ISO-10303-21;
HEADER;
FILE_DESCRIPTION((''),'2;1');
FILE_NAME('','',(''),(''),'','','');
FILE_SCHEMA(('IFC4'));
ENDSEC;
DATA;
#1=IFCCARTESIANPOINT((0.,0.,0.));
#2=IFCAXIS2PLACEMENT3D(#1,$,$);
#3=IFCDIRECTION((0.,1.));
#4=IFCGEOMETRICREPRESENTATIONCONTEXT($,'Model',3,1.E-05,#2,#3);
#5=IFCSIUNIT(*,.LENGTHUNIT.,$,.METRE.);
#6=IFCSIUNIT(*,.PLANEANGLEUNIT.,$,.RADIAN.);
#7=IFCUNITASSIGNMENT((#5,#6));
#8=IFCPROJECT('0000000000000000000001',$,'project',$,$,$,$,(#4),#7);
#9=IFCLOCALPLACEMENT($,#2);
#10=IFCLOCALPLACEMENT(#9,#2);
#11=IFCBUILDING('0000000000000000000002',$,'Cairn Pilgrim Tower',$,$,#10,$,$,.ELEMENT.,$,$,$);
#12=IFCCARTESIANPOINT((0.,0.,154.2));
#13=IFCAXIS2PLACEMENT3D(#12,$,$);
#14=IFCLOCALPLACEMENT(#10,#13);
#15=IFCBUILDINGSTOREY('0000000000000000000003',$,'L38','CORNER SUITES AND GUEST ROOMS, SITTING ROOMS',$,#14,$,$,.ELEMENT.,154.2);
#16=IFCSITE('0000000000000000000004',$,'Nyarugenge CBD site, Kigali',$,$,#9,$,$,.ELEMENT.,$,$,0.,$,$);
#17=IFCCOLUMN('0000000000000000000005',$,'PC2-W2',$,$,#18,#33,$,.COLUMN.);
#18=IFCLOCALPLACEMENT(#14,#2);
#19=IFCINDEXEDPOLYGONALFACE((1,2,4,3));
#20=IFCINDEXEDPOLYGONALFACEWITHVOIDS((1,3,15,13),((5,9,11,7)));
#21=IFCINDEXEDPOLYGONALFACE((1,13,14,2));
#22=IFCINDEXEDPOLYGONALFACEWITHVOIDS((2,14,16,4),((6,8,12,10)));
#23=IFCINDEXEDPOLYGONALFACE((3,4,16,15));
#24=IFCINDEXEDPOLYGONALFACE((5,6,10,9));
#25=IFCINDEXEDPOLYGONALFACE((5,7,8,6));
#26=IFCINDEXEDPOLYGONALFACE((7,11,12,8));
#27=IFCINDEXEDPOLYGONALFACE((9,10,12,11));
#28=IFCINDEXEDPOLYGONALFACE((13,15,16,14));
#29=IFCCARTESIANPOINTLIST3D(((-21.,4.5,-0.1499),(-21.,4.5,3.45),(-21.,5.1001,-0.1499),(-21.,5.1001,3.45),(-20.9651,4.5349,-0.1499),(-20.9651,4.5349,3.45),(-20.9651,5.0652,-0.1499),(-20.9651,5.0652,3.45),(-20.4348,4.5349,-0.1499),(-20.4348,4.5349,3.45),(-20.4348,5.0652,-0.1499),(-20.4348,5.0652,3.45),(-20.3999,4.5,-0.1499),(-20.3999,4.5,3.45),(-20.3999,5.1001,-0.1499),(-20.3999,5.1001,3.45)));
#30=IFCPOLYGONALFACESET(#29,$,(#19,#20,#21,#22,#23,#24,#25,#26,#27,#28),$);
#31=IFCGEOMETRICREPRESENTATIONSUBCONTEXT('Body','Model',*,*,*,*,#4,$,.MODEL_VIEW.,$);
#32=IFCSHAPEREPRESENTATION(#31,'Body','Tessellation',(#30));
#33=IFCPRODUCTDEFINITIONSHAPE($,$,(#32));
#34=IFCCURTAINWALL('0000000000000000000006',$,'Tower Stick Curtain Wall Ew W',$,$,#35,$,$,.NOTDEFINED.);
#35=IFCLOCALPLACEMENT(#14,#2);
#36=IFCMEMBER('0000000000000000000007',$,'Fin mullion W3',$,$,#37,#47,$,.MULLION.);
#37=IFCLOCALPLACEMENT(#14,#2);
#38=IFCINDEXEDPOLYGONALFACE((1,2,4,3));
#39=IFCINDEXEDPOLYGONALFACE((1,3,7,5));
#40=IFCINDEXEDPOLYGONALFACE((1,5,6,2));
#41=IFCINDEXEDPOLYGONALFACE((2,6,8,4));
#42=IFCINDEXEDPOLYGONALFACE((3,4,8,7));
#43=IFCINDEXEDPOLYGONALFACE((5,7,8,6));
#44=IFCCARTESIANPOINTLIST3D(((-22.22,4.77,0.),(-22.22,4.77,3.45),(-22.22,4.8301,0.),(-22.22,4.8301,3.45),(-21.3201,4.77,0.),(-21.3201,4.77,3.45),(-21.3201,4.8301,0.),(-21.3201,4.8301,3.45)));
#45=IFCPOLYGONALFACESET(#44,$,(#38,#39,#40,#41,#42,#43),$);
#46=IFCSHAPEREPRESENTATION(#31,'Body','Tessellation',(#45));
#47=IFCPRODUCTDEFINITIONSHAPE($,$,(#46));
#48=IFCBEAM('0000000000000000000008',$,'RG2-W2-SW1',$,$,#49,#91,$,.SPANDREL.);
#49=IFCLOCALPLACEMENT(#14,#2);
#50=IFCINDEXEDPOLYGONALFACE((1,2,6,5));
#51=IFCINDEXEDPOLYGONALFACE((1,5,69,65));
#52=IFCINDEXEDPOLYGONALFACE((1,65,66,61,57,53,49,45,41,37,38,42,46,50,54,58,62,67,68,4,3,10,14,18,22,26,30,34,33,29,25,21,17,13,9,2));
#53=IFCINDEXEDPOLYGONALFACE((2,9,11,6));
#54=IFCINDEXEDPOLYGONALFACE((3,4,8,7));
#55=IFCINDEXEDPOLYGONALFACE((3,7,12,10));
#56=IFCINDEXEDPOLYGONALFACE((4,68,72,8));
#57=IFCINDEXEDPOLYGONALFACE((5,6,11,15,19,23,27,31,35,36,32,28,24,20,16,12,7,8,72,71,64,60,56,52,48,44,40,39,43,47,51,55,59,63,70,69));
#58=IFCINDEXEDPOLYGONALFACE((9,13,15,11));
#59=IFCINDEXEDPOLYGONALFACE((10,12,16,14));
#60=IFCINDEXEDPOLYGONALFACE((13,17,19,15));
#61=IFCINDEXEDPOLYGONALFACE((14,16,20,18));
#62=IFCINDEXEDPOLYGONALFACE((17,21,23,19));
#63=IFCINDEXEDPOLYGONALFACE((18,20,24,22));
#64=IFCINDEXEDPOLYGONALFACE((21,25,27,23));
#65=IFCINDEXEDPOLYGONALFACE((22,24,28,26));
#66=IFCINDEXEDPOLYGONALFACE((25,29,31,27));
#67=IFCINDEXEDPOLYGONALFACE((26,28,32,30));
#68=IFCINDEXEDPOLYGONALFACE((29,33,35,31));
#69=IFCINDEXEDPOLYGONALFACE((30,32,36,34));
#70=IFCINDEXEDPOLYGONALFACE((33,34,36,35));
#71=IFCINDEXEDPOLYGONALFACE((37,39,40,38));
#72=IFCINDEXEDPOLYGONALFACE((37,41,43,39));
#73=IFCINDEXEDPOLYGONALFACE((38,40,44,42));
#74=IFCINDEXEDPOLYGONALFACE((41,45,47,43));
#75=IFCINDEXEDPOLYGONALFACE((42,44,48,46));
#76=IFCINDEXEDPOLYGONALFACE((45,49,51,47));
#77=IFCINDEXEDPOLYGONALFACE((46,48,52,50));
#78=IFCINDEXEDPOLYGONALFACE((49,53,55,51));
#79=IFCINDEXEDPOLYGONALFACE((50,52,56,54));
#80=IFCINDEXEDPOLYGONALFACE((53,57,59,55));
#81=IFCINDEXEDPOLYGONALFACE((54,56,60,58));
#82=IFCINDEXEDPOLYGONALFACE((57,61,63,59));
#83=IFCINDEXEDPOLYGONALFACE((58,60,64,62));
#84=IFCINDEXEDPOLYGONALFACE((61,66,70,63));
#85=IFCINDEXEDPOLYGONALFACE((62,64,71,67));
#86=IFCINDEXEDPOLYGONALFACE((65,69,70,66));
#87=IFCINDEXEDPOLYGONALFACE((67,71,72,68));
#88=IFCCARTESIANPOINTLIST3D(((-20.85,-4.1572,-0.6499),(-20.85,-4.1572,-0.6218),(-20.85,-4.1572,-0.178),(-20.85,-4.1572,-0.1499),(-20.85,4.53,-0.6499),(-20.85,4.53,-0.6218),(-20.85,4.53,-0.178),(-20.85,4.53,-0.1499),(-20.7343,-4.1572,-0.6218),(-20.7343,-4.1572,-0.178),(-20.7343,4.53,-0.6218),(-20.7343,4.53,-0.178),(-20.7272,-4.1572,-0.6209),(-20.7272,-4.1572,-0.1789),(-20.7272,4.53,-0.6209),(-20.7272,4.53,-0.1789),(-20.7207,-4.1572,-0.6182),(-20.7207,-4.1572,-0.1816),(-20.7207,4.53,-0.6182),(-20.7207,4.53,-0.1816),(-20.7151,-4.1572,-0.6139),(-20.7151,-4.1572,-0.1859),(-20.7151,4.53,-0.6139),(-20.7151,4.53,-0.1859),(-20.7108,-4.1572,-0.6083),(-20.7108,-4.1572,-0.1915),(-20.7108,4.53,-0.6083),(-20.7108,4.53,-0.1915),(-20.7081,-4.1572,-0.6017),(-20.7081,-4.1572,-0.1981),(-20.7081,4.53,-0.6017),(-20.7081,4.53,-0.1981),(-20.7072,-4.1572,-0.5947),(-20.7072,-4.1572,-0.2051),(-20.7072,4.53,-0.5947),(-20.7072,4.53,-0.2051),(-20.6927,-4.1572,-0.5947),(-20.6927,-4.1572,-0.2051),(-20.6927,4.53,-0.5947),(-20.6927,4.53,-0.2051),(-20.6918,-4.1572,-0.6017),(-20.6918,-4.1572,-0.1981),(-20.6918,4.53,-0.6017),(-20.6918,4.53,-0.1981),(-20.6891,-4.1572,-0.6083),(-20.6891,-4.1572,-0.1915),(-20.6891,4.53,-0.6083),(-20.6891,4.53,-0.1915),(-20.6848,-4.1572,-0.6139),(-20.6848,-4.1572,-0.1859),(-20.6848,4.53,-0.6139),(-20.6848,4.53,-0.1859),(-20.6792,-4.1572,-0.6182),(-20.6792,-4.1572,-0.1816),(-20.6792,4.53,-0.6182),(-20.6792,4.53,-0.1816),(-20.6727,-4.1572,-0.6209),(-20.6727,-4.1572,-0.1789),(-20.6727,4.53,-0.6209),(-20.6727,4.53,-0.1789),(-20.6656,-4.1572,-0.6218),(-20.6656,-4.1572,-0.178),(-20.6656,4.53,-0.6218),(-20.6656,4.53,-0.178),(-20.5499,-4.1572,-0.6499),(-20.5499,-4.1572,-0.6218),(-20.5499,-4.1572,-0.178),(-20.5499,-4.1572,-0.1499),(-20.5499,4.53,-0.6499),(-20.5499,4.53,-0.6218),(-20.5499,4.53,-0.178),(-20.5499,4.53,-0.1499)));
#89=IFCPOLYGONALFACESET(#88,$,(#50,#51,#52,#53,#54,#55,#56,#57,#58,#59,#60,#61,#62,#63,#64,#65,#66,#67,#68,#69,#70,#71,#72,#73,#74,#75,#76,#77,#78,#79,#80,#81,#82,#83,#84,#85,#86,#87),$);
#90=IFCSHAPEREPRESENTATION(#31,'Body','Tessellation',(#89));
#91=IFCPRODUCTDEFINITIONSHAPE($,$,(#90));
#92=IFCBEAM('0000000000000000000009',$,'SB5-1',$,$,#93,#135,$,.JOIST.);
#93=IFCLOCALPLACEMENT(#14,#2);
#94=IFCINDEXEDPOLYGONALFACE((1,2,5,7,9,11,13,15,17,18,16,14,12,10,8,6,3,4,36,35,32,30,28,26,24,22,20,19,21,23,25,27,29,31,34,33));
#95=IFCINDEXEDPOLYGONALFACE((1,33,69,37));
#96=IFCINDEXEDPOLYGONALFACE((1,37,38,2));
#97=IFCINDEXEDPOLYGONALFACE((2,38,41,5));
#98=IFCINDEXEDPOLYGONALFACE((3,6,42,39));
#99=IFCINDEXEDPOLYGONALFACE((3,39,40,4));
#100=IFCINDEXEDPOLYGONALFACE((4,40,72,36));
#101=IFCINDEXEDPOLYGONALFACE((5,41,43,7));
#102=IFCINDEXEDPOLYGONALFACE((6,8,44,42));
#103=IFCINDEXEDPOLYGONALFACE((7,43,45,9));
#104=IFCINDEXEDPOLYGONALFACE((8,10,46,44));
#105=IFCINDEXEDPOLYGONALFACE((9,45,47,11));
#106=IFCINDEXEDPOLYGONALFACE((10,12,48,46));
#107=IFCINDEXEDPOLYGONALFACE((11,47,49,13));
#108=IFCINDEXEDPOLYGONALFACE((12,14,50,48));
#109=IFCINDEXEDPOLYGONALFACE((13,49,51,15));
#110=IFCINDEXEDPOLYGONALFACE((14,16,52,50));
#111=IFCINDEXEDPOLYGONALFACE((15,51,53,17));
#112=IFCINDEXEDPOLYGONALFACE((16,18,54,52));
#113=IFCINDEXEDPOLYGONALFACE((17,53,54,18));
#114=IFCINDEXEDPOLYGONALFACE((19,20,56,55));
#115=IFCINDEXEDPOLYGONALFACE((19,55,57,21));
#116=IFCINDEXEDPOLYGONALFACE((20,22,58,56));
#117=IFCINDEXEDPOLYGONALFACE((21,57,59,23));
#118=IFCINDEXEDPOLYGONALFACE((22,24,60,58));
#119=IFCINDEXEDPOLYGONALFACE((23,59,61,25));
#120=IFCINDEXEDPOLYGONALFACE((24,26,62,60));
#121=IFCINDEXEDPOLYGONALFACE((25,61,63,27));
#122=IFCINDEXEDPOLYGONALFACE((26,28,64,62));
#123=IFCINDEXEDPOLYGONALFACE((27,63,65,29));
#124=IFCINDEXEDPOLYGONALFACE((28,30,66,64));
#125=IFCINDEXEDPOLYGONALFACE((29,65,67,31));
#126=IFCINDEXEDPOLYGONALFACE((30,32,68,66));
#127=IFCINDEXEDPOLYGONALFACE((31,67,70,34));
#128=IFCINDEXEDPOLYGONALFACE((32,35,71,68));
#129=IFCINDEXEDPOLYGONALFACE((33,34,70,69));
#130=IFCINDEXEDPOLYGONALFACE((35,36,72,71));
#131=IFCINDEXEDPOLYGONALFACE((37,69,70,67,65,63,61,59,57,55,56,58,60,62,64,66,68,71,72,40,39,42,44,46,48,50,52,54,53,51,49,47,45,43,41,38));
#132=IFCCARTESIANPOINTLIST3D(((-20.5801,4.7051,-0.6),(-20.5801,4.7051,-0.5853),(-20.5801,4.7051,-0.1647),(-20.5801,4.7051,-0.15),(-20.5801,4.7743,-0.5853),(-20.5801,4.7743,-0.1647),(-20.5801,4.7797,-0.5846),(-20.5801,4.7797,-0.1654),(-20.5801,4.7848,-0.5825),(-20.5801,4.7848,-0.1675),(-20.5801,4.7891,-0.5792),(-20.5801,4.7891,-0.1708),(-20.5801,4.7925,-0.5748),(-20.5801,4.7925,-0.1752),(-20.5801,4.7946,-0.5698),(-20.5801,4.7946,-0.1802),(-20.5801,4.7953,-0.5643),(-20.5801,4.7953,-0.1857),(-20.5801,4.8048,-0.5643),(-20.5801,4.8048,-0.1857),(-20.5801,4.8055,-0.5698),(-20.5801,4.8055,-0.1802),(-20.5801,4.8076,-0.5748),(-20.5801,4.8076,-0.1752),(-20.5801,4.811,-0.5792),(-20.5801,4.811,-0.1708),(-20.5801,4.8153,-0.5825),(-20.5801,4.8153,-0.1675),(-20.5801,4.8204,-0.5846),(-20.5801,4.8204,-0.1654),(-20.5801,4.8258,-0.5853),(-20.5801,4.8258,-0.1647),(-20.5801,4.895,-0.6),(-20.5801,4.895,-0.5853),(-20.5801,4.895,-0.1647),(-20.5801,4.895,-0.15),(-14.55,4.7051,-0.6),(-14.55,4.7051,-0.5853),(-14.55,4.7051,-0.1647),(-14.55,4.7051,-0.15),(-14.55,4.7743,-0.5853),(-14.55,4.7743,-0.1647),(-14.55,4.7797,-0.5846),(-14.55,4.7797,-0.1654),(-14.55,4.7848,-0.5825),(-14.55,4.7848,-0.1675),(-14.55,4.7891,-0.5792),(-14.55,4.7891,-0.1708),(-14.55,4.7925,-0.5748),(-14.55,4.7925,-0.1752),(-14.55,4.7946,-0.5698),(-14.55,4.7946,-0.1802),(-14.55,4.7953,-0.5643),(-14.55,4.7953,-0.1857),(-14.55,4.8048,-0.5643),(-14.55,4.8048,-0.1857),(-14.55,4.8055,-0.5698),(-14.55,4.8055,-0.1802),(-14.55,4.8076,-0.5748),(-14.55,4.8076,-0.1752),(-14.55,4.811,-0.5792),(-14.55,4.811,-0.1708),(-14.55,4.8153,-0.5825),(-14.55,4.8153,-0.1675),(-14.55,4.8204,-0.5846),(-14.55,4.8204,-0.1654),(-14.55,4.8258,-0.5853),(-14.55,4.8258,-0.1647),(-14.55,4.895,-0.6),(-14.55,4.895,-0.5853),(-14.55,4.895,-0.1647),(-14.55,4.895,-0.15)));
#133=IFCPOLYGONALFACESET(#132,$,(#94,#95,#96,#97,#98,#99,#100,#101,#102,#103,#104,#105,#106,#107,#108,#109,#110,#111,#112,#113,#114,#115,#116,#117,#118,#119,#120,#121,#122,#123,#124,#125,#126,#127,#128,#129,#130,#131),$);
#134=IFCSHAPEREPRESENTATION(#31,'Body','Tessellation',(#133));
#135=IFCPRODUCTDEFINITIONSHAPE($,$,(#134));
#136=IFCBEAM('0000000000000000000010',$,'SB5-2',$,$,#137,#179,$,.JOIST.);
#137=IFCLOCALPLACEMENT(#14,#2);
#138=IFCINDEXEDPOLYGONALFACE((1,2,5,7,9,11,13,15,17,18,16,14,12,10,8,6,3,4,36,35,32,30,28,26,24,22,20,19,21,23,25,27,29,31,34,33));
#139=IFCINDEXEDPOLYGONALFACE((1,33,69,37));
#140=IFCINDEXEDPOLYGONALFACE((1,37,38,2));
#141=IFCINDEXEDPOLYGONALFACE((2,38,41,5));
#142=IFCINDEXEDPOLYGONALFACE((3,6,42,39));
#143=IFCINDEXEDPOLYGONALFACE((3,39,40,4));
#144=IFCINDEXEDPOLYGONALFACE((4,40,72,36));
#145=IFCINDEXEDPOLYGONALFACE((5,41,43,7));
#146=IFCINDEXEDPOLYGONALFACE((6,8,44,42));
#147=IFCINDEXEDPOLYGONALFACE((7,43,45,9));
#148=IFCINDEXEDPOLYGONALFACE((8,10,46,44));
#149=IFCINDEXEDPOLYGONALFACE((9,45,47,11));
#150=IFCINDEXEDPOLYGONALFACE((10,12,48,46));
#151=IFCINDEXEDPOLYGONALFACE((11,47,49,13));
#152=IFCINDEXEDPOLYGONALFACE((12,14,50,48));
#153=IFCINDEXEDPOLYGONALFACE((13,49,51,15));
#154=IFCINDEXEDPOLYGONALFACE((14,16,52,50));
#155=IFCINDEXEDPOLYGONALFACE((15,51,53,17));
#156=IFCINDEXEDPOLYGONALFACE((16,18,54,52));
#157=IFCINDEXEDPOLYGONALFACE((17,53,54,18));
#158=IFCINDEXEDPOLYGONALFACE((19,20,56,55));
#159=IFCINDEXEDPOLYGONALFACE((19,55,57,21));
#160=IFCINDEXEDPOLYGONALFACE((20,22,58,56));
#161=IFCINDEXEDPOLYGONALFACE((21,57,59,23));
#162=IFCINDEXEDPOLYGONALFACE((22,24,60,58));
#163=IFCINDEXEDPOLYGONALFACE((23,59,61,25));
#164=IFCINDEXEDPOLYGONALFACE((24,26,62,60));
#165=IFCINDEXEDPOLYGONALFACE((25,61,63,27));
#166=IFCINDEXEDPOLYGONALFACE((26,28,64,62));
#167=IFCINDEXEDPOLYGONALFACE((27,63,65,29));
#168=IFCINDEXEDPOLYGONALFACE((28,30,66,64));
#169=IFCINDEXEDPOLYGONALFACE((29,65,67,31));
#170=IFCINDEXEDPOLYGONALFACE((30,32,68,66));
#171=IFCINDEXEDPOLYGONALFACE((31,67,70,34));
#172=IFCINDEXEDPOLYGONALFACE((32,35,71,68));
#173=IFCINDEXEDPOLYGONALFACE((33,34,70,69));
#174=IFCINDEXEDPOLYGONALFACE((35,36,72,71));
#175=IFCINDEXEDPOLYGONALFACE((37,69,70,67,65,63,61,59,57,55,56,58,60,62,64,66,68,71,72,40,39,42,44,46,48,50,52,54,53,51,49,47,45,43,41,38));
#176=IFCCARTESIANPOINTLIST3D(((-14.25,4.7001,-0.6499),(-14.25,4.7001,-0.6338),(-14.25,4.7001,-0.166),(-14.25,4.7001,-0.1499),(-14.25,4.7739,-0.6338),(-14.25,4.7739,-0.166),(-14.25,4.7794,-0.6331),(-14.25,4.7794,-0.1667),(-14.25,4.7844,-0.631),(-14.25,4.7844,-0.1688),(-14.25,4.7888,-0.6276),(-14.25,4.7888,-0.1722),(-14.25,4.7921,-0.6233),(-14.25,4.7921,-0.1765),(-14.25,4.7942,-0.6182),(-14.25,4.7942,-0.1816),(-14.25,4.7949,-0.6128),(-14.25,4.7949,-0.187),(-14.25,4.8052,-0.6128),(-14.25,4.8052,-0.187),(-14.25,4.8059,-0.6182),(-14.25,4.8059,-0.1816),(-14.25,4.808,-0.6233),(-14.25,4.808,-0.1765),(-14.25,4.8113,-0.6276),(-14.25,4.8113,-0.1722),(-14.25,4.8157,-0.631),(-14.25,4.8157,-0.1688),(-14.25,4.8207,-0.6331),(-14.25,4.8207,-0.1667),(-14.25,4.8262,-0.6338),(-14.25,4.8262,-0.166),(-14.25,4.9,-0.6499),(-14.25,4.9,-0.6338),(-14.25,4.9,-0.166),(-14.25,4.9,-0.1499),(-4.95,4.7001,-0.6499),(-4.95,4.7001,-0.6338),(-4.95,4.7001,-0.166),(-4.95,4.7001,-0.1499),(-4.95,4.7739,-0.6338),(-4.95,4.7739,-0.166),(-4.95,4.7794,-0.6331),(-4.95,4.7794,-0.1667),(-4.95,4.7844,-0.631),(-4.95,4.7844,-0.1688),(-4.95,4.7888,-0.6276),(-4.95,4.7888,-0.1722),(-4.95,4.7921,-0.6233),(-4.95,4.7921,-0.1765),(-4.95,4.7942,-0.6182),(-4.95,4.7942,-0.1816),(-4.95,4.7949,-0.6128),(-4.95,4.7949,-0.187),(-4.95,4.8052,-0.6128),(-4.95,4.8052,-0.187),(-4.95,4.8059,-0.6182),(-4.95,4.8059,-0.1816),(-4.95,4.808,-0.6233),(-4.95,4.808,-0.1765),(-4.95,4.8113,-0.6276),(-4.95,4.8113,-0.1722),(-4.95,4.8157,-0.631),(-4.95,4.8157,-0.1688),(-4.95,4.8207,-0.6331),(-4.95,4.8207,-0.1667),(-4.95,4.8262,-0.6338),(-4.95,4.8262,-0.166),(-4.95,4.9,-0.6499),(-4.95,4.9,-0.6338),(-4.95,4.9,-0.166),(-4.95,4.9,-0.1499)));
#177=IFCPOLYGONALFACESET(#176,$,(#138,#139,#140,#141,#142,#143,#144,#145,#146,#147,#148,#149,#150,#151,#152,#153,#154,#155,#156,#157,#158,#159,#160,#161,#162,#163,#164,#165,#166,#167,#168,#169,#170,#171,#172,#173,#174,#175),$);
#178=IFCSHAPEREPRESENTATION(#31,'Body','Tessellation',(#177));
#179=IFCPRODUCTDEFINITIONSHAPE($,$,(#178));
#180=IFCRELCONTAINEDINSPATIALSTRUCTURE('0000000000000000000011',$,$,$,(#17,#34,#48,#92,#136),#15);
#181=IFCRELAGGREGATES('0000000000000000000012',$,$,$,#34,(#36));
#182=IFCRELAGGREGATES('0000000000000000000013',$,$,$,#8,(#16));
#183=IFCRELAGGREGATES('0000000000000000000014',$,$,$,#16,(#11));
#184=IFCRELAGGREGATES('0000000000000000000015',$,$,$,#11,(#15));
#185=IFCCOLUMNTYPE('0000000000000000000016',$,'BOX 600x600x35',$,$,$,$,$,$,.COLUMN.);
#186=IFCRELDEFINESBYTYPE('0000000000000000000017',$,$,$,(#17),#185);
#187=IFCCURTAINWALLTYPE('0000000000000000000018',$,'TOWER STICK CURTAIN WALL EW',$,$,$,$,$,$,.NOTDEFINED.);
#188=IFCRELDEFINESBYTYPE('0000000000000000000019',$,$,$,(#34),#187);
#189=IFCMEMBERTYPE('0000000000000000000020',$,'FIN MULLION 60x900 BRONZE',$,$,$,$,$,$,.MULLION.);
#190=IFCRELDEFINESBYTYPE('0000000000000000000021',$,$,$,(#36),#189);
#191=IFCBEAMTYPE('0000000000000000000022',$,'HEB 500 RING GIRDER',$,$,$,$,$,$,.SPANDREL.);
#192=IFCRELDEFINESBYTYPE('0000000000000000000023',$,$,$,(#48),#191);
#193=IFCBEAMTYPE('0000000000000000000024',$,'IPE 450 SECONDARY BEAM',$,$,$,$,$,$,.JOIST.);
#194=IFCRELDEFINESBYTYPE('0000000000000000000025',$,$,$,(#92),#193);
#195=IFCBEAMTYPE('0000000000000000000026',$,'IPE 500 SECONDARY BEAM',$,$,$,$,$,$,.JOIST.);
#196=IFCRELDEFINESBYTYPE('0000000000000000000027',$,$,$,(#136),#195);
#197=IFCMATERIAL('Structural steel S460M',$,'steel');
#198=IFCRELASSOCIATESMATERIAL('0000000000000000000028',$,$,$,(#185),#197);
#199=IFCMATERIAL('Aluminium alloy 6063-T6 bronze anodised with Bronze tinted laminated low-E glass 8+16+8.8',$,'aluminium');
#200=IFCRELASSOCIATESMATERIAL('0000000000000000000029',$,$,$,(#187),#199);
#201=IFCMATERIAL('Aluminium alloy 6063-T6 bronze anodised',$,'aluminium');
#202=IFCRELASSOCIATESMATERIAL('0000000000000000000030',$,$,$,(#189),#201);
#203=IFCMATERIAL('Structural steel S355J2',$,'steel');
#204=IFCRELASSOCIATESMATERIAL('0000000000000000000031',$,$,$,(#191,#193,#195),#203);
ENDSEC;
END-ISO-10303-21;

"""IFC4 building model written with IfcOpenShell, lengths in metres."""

from ifc_helpers import new_model, si_unit, direction, frame, origin, origin_2d, place, context, subcontext, project, spatial, rectangle, hollow_rectangle, i_section, extrude, material, material_profile, profile_set, type_object, element, aggregate, save


model = new_model("IFC4")

# Units and contexts
model_context = context("Model", 3, precision=1e-05, world=origin(), true_north=direction((0.0, 1.0)))
body_context = subcontext(model_context, "Body", "Model", "MODEL_VIEW")
ifc_project = project(units=[si_unit("LENGTHUNIT", "METRE"), si_unit("PLANEANGLEUNIT", "RADIAN")], contexts=[model_context])

# Site, building, storey
site_placement = place(None, origin())
site = spatial("IfcSite", under=ifc_project, at=site_placement, Name="Nyarugenge CBD site, Kigali", CompositionType="ELEMENT", RefElevation=0.0)
building_placement = place(site_placement, origin())
building = spatial("IfcBuilding", under=site, at=building_placement, Name="Cairn Pilgrim Tower", CompositionType="ELEMENT")
storey_placement = place(building_placement, frame((0.0, 0.0, 154.2)))
storey = spatial("IfcBuildingStorey", under=building, at=storey_placement, Name="L38", Description="CORNER SUITES AND GUEST ROOMS, SITTING ROOMS", CompositionType="ELEMENT", Elevation=154.2)

# Column
ifc_material_1 = material(Name="Structural steel S460M", Category="steel")
ifc_material_profile_1 = material_profile(ifc_material_1, hollow_rectangle(XDim=0.6001, YDim=0.6001, WallThickness=0.0349, at=origin_2d()), Name="BOX 600x600x35")
ifc_profile_set_1 = profile_set([ifc_material_profile_1], Name="Structural steel S460M")
column_type = type_object("IfcColumnType", Name="BOX 600x600x35", PredefinedType="COLUMN", material=ifc_profile_set_1)
column_placement = place(storey_placement, frame((-20.7, 4.8, -0.1499), z_axis=(0.0, 0.0, 1.0), x_axis=(1.0, 0.0, 0.0)))
element("IfcColumn", 1, at=column_placement, inside=storey, type_object=column_type, Name="PC2-W2", PredefinedType="COLUMN", context=body_context, shape_type="SweptSolid", body=[
    extrude(hollow_rectangle(XDim=0.6001, YDim=0.6001, WallThickness=0.0349, at=origin_2d()), origin(), (0.0, 0.0, 1.0), 3.5999),
])

# Curtain wall, member
ifc_material_2 = material(Name="Aluminium alloy 6063-T6 bronze anodised with Bronze tinted laminated low-E glass 8+16+8.8", Category="aluminium")
curtain_wall_type = type_object("IfcCurtainWallType", Name="TOWER STICK CURTAIN WALL EW", PredefinedType="NOTDEFINED", material=ifc_material_2)
curtain_wall_placement = place(storey_placement, origin())
curtain_wall = element("IfcCurtainWall", 2, at=curtain_wall_placement, inside=storey, type_object=curtain_wall_type, Name="Tower Stick Curtain Wall Ew W", PredefinedType="NOTDEFINED")
ifc_material_3 = material(Name="Aluminium alloy 6063-T6 bronze anodised", Category="aluminium")
ifc_material_profile_2 = material_profile(ifc_material_3, rectangle(XDim=0.8999, YDim=0.0601, at=origin_2d()), Name="FIN MULLION 60x900 BRONZE")
ifc_profile_set_2 = profile_set([ifc_material_profile_2], Name="Aluminium alloy 6063-T6 bronze anodised")
member_type = type_object("IfcMemberType", Name="FIN MULLION 60x900 BRONZE", PredefinedType="MULLION", material=ifc_profile_set_2)
member_placement = place(storey_placement, frame((-21.77, 4.8, 0.0), z_axis=(0.0, 0.0, 1.0), x_axis=(-1.0, 0.0, 0.0)))
member = element("IfcMember", 3, at=member_placement, type_object=member_type, Name="Fin mullion W3", PredefinedType="MULLION", context=body_context, shape_type="SweptSolid", body=[
    extrude(rectangle(XDim=0.8999, YDim=0.0601, at=origin_2d()), origin(), (0.0, 0.0, 1.0), 3.45),
])
aggregate(curtain_wall, [member])

# Beams
ifc_material_4 = material(Name="Structural steel S355J2", Category="steel")
ifc_material_profile_3 = material_profile(ifc_material_4, i_section(OverallWidth=0.3, OverallDepth=0.5, WebThickness=0.0144, FlangeThickness=0.0281, FilletRadius=0.0271, at=origin_2d()), Name="HEB 500")
ifc_profile_set_3 = profile_set([ifc_material_profile_3], Name="Structural steel S355J2")
beam_type_1 = type_object("IfcBeamType", Name="HEB 500 RING GIRDER", PredefinedType="SPANDREL", material=ifc_profile_set_3)
beam_1_placement = place(storey_placement, frame((-20.7, 4.53, -0.3999), z_axis=(0.0, -1.0, 0.0), x_axis=(1.0, 0.0, 0.0)))
element("IfcBeam", 4, at=beam_1_placement, inside=storey, type_object=beam_type_1, Name="RG2-W2-SW1", PredefinedType="SPANDREL", context=body_context, shape_type="SweptSolid", body=[
    extrude(i_section(OverallWidth=0.3, OverallDepth=0.5, WebThickness=0.0144, FlangeThickness=0.0281, FilletRadius=0.0271, at=origin_2d()), origin(), (0.0, 0.0, 1.0), 8.6873),
])
ifc_material_profile_4 = material_profile(ifc_material_4, i_section(OverallWidth=0.1899, OverallDepth=0.45, WebThickness=0.0095, FlangeThickness=0.0146, FilletRadius=0.021, at=origin_2d()), Name="IPE 450")
ifc_profile_set_4 = profile_set([ifc_material_profile_4], Name="Structural steel S355J2")
beam_type_2 = type_object("IfcBeamType", Name="IPE 450 SECONDARY BEAM", PredefinedType="JOIST", material=ifc_profile_set_4)
beam_2_placement = place(storey_placement, frame((-20.5801, 4.8, -0.375), z_axis=(1.0, 0.0, 0.0), x_axis=(0.0, 1.0, 0.0)))
element("IfcBeam", 5, at=beam_2_placement, inside=storey, type_object=beam_type_2, Name="SB5-1", PredefinedType="JOIST", context=body_context, shape_type="SweptSolid", body=[
    extrude(i_section(OverallWidth=0.1899, OverallDepth=0.45, WebThickness=0.0095, FlangeThickness=0.0146, FilletRadius=0.021, at=origin_2d()), origin(), (0.0, 0.0, 1.0), 6.03),
])
ifc_material_profile_5 = material_profile(ifc_material_4, i_section(OverallWidth=0.2, OverallDepth=0.5, WebThickness=0.0103, FlangeThickness=0.0161, FilletRadius=0.021, at=origin_2d()), Name="IPE 500")
ifc_profile_set_5 = profile_set([ifc_material_profile_5], Name="Structural steel S355J2")
beam_type_3 = type_object("IfcBeamType", Name="IPE 500 SECONDARY BEAM", PredefinedType="JOIST", material=ifc_profile_set_5)
beam_3_placement = place(storey_placement, frame((-14.25, 4.8, -0.3999), z_axis=(1.0, 0.0, 0.0), x_axis=(0.0, 1.0, 0.0)))
element("IfcBeam", 6, at=beam_3_placement, inside=storey, type_object=beam_type_3, Name="SB5-2", PredefinedType="JOIST", context=body_context, shape_type="SweptSolid", body=[
    extrude(i_section(OverallWidth=0.2, OverallDepth=0.5, WebThickness=0.0103, FlangeThickness=0.0161, FilletRadius=0.021, at=origin_2d()), origin(), (0.0, 0.0, 1.0), 9.3),
])

save(model, "model.ifc")
